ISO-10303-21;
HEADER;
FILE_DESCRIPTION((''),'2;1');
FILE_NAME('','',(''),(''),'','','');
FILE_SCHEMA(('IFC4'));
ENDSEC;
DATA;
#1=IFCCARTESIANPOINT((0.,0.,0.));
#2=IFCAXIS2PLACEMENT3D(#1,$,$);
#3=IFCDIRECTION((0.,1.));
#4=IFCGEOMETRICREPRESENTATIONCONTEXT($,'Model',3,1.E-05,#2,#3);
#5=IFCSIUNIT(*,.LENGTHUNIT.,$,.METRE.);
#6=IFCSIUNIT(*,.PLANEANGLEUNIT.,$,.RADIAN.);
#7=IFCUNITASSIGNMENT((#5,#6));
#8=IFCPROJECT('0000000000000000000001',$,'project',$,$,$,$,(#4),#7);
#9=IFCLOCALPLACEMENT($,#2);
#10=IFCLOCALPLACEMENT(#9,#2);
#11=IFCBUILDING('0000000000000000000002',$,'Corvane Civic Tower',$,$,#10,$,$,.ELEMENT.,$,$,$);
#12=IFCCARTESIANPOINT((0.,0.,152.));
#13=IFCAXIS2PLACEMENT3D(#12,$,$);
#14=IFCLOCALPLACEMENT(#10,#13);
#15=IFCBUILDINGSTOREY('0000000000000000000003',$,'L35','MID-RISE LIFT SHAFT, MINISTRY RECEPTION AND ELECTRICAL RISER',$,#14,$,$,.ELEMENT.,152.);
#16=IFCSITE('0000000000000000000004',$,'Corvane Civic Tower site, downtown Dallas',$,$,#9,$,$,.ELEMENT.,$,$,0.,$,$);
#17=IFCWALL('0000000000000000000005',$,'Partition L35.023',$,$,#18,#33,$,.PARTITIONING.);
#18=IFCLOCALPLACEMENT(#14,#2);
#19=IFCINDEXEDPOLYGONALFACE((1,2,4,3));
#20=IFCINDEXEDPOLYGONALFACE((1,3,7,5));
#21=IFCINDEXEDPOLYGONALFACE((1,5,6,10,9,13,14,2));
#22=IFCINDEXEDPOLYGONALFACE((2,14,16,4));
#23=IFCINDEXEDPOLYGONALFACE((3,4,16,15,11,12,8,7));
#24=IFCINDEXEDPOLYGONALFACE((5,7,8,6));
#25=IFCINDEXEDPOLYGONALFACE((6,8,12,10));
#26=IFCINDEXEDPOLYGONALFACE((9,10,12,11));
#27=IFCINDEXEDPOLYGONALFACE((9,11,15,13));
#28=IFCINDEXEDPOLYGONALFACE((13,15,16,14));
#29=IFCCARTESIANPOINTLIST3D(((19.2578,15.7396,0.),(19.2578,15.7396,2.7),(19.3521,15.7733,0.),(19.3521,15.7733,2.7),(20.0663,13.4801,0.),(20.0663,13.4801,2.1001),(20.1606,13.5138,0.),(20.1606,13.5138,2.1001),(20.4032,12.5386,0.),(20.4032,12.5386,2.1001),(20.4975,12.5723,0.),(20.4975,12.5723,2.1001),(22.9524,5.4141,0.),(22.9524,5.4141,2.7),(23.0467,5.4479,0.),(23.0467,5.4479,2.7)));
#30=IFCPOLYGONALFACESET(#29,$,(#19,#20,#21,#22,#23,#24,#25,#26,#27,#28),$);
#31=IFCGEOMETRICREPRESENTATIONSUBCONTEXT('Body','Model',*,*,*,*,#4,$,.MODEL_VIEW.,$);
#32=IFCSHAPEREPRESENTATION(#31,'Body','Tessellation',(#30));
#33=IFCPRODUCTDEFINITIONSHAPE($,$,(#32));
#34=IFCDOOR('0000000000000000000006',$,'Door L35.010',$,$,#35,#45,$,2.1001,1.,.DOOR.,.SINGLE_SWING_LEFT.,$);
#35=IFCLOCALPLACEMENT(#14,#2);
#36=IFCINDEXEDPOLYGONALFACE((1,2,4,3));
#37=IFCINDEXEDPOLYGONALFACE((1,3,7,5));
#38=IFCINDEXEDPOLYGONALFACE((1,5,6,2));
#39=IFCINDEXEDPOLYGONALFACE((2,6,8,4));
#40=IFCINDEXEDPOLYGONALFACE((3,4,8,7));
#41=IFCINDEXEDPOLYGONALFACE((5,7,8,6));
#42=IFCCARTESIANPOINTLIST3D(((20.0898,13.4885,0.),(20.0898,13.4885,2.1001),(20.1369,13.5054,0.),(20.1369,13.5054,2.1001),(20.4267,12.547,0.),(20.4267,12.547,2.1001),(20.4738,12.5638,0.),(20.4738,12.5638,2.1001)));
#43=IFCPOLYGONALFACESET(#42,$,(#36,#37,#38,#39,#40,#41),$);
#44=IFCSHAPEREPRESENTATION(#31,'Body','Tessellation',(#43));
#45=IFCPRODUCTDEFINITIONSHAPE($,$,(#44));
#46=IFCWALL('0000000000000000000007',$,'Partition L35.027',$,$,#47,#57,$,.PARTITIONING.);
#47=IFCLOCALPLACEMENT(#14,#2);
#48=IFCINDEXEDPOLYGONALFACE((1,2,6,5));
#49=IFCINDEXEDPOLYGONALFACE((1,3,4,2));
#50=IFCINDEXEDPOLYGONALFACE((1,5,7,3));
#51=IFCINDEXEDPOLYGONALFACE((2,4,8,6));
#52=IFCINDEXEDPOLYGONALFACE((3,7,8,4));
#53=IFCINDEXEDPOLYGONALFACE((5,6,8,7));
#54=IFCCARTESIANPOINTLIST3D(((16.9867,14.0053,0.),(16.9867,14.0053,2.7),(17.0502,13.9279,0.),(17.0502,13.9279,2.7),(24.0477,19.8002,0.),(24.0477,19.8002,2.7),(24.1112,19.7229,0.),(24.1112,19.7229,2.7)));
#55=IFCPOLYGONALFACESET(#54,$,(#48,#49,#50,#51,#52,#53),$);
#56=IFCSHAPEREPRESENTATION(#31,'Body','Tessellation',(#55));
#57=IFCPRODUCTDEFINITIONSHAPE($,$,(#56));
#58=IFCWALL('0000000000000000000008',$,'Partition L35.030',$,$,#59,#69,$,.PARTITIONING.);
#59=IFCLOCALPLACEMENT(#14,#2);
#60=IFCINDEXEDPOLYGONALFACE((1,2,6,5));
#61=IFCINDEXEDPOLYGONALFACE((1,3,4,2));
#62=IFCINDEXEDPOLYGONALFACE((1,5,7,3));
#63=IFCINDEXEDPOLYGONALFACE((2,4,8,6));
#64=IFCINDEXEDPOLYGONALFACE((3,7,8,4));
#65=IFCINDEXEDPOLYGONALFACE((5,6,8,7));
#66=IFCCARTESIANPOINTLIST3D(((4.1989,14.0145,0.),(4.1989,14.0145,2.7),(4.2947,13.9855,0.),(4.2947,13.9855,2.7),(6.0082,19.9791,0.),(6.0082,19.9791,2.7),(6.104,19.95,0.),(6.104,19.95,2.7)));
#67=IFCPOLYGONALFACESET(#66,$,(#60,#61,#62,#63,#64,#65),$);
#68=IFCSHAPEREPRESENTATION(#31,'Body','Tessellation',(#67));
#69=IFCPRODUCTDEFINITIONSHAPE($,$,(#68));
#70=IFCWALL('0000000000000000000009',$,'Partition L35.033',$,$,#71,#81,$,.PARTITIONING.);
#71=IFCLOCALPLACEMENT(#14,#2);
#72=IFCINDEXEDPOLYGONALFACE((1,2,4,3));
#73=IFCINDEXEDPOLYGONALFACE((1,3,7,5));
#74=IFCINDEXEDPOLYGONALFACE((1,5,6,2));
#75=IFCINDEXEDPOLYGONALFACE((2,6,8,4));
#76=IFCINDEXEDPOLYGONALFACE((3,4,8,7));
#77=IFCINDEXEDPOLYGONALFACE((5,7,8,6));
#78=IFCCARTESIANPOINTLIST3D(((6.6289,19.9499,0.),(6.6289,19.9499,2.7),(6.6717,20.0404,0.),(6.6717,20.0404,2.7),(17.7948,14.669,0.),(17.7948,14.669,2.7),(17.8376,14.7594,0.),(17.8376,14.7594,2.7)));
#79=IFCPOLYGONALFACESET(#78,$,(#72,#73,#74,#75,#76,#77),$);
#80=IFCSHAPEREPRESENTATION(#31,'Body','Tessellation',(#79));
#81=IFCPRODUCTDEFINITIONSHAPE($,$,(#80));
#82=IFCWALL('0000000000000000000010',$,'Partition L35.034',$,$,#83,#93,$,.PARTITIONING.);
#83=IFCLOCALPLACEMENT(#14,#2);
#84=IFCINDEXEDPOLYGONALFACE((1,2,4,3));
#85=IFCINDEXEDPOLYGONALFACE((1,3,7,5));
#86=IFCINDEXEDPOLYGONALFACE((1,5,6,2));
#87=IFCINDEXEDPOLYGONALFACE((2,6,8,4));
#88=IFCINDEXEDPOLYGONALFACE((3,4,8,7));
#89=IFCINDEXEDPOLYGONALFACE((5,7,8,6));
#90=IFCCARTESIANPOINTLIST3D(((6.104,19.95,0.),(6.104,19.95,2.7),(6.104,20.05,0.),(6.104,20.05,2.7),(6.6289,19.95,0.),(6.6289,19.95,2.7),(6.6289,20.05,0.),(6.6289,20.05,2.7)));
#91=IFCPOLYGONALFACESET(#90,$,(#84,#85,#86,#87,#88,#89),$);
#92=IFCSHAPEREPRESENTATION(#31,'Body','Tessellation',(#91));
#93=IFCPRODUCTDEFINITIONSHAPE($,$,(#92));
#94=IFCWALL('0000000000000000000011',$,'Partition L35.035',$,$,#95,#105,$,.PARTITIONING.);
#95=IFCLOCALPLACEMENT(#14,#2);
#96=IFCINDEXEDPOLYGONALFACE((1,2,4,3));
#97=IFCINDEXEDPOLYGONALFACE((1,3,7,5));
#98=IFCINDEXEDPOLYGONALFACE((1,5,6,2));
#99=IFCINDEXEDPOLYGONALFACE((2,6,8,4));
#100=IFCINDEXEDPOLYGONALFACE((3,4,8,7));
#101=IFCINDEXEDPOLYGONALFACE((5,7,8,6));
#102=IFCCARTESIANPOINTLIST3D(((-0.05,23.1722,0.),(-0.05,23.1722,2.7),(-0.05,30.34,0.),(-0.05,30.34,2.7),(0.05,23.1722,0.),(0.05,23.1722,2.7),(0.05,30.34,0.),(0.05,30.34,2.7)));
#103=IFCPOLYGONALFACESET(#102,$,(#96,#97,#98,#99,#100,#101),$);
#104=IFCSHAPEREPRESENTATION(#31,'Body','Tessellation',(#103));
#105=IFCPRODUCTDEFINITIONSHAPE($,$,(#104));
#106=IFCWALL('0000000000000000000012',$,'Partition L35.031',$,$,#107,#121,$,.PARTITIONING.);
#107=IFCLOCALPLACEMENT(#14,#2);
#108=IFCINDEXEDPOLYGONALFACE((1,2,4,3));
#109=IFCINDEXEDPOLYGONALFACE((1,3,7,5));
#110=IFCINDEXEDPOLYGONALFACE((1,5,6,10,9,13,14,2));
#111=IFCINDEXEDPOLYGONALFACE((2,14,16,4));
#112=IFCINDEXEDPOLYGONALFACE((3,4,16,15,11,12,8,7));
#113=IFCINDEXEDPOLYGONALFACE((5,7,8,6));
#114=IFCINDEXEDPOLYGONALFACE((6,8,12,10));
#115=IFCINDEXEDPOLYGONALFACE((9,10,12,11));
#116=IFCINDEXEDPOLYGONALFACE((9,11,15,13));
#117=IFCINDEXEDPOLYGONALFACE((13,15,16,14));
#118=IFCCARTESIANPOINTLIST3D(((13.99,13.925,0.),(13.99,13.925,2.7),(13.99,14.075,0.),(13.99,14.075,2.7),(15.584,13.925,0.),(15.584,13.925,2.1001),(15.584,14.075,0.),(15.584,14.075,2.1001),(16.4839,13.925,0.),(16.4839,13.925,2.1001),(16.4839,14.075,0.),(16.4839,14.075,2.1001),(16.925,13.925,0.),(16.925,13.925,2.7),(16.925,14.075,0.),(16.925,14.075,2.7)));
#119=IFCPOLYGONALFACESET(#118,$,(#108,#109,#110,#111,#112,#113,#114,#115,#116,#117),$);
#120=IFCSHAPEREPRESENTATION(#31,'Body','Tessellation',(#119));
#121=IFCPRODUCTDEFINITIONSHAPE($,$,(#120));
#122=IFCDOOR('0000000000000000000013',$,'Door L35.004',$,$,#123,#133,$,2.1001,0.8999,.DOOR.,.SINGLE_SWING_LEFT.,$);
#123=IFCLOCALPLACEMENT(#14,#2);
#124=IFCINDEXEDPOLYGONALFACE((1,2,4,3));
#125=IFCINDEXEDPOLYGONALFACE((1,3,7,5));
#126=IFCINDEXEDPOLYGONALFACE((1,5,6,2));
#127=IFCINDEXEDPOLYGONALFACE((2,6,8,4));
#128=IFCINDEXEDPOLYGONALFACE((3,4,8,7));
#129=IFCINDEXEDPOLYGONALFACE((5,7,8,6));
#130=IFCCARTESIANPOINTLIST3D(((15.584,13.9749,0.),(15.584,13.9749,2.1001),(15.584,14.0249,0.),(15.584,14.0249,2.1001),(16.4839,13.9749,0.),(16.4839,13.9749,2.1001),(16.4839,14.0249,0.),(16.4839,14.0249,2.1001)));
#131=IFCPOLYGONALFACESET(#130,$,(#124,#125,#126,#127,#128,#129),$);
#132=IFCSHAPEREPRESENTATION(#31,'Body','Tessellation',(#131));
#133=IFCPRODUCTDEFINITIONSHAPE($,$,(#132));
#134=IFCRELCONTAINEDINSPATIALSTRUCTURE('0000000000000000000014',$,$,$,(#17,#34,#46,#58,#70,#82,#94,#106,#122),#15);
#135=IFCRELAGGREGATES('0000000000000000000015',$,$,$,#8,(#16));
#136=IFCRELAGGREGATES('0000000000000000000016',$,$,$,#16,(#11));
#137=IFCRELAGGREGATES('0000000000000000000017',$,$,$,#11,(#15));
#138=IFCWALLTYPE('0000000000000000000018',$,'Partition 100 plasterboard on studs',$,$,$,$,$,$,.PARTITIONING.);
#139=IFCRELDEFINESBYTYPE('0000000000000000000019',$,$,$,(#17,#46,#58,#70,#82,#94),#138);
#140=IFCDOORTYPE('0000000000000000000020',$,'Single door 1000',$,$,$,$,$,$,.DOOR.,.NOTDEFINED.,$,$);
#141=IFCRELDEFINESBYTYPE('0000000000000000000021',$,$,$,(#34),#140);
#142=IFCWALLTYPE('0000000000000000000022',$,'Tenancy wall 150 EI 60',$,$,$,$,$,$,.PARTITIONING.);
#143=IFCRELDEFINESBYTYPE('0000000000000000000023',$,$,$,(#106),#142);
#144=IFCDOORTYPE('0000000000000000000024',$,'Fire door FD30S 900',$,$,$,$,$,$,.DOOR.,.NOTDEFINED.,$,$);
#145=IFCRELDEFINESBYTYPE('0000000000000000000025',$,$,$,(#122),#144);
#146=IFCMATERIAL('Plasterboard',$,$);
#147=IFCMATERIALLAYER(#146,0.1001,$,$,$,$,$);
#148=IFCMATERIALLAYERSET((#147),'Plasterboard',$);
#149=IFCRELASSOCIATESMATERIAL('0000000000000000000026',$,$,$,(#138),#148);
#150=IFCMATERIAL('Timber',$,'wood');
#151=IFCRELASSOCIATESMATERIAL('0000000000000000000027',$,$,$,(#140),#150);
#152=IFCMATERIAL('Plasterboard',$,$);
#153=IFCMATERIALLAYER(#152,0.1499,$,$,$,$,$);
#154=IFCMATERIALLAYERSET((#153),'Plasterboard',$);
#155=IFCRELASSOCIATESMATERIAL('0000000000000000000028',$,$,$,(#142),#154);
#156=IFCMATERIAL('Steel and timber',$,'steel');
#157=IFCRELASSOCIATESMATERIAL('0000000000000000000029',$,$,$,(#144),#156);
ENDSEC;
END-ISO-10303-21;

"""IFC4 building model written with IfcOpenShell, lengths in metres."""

from ifc_helpers import new_model, si_unit, direction, frame, frame_2d, origin, place, context, subcontext, project, spatial, rectangle, extrude, material, layer, layer_set, type_object, element, fill, save


model = new_model("IFC4")

# Units and contexts
model_context = context("Model", 3, precision=1e-05, world=origin(), true_north=direction((0.0, 1.0)))
body_context = subcontext(model_context, "Body", "Model", "MODEL_VIEW")
ifc_project = project(units=[si_unit("LENGTHUNIT", "METRE"), si_unit("PLANEANGLEUNIT", "RADIAN")], contexts=[model_context])

# Site, building, storey
site_placement = place(None, origin())
site = spatial("IfcSite", under=ifc_project, at=site_placement, Name="Corvane Civic Tower site, downtown Dallas", CompositionType="ELEMENT", RefElevation=0.0)
building_placement = place(site_placement, origin())
building = spatial("IfcBuilding", under=site, at=building_placement, Name="Corvane Civic Tower", CompositionType="ELEMENT")
storey_placement = place(building_placement, frame((0.0, 0.0, 152.0)))
storey = spatial("IfcBuildingStorey", under=building, at=storey_placement, Name="L35", Description="MID-RISE LIFT SHAFT, MINISTRY RECEPTION AND ELECTRICAL RISER", CompositionType="ELEMENT", Elevation=152.0)

# Wall, opening, door
ifc_material_1 = material(Name="Plasterboard")
ifc_layer_1 = layer(ifc_material_1, 0.1001)
ifc_layer_set_1 = layer_set([ifc_layer_1], Name="Plasterboard")
wall_type_1 = type_object("IfcWallType", Name="Partition 100 plasterboard on studs", PredefinedType="PARTITIONING", material=ifc_layer_set_1)
wall_1_placement = place(storey_placement, frame((19.3049, 15.7566, 0.0), z_axis=(0.0, 0.0, 1.0), x_axis=(0.336896, -0.941542, 0.0)))
wall_1 = element("IfcWall", 1, at=wall_1_placement, inside=storey, type_object=wall_type_1, Name="Partition L35.023", PredefinedType="PARTITIONING", context=body_context, shape_type="SweptSolid", body=[
    extrude(rectangle(XDim=10.9666, YDim=0.1001, at=frame_2d((5.4834, 0.0))), origin(), (0.0, 0.0, 1.0), 2.7),
])
opening_1_placement = place(wall_1_placement, frame((2.3999, 0.0, 0.0)))
opening_1 = element("IfcOpeningElement", 2, at=opening_1_placement, cuts=wall_1, PredefinedType="OPENING", context=body_context, shape_type="SweptSolid", body=[
    extrude(rectangle(XDim=1.0, YDim=2.1001, at=frame_2d((0.5, 1.05))), frame((0.0, 0.0601, 0.0), z_axis=(0.0, -1.0, 0.0), x_axis=(1.0, 0.0, 0.0)), (0.0, 0.0, 1.0), 0.1201),
])
ifc_material_2 = material(Name="Timber", Category="wood")
door_type_1 = type_object("IfcDoorType", Name="Single door 1000", OperationType="NOTDEFINED", PredefinedType="DOOR", material=ifc_material_2)
door_1_placement = place(opening_1_placement, origin())
door_1 = element("IfcDoor", 3, at=door_1_placement, inside=storey, type_object=door_type_1, Name="Door L35.010", OperationType="SINGLE_SWING_LEFT", OverallHeight=2.1001, OverallWidth=1.0, PredefinedType="DOOR", context=body_context, shape_type="SweptSolid", body=[
    extrude(rectangle(XDim=1.0, YDim=2.1001, at=frame_2d((0.5, 1.05))), frame((0.0, 0.0249, 0.0), z_axis=(0.0, -1.0, 0.0), x_axis=(1.0, 0.0, 0.0)), (0.0, 0.0, 1.0), 0.05),
])
fill(opening_1, door_1)

# Walls
wall_2_placement = place(storey_placement, frame((17.0183, 13.9666, 0.0), z_axis=(0.0, 0.0, 1.0), x_axis=(0.773006, 0.634399, 0.0)))
element("IfcWall", 4, at=wall_2_placement, inside=storey, type_object=wall_type_1, Name="Partition L35.027", PredefinedType="PARTITIONING", context=body_context, shape_type="SweptSolid", body=[
    extrude(rectangle(XDim=9.1345, YDim=0.1001, at=frame_2d((4.5674, 0.0))), origin(), (0.0, 0.0, 1.0), 2.7),
])
wall_3_placement = place(storey_placement, frame((4.2468, 14.0, 0.0), z_axis=(0.0, 0.0, 1.0), x_axis=(0.290282, 0.956941, 0.0)))
element("IfcWall", 5, at=wall_3_placement, inside=storey, type_object=wall_type_1, Name="Partition L35.030", PredefinedType="PARTITIONING", context=body_context, shape_type="SweptSolid", body=[
    extrude(rectangle(XDim=6.2329, YDim=0.1001, at=frame_2d((3.1165, 0.0))), origin(), (0.0, 0.0, 1.0), 2.7),
])
wall_4_placement = place(storey_placement, frame((6.6504, 19.9951, 0.0), z_axis=(0.0, 0.0, 1.0), x_axis=(0.903993, -0.427547, 0.0)))
element("IfcWall", 6, at=wall_4_placement, inside=storey, type_object=wall_type_1, Name="Partition L35.033", PredefinedType="PARTITIONING", context=body_context, shape_type="SweptSolid", body=[
    extrude(rectangle(XDim=12.3518, YDim=0.1001, at=frame_2d((6.1758, 0.0))), origin(), (0.0, 0.0, 1.0), 2.7),
])
wall_5_placement = place(storey_placement, frame((6.104, 20.0, 0.0), z_axis=(0.0, 0.0, 1.0), x_axis=(1.0, 0.0, 0.0)))
element("IfcWall", 7, at=wall_5_placement, inside=storey, type_object=wall_type_1, Name="Partition L35.034", PredefinedType="PARTITIONING", context=body_context, shape_type="SweptSolid", body=[
    extrude(rectangle(XDim=0.5249, YDim=0.1001, at=frame_2d((0.2625, 0.0))), origin(), (0.0, 0.0, 1.0), 2.7),
])
wall_6_placement = place(storey_placement, frame((0.0, 23.1721, 0.0), z_axis=(0.0, 0.0, 1.0), x_axis=(0.0, 1.0, 0.0)))
element("IfcWall", 8, at=wall_6_placement, inside=storey, type_object=wall_type_1, Name="Partition L35.035", PredefinedType="PARTITIONING", context=body_context, shape_type="SweptSolid", body=[
    extrude(rectangle(XDim=7.1677, YDim=0.1001, at=frame_2d((3.584, 0.0))), origin(), (0.0, 0.0, 1.0), 2.7),
])

# Wall, opening, door
ifc_material_3 = material(Name="Plasterboard")
ifc_layer_2 = layer(ifc_material_3, 0.1499)
ifc_layer_set_2 = layer_set([ifc_layer_2], Name="Plasterboard")
wall_type_2 = type_object("IfcWallType", Name="Tenancy wall 150 EI 60", PredefinedType="PARTITIONING", material=ifc_layer_set_2)
wall_7_placement = place(storey_placement, frame((13.99, 14.0, 0.0), z_axis=(0.0, 0.0, 1.0), x_axis=(1.0, 0.0, 0.0)))
wall_7 = element("IfcWall", 9, at=wall_7_placement, inside=storey, type_object=wall_type_2, Name="Partition L35.031", PredefinedType="PARTITIONING", context=body_context, shape_type="SweptSolid", body=[
    extrude(rectangle(XDim=2.9351, YDim=0.1499, at=frame_2d((1.4675, 0.0))), origin(), (0.0, 0.0, 1.0), 2.7),
])
opening_2_placement = place(wall_7_placement, frame((1.594, 0.0, 0.0)))
opening_2 = element("IfcOpeningElement", 10, at=opening_2_placement, cuts=wall_7, PredefinedType="OPENING", context=body_context, shape_type="SweptSolid", body=[
    extrude(rectangle(XDim=0.8999, YDim=2.1001, at=frame_2d((0.45, 1.05))), frame((0.0, 0.085, 0.0), z_axis=(0.0, -1.0, 0.0), x_axis=(1.0, 0.0, 0.0)), (0.0, 0.0, 1.0), 0.1699),
])
ifc_material_4 = material(Name="Steel and timber", Category="steel")
door_type_2 = type_object("IfcDoorType", Name="Fire door FD30S 900", OperationType="NOTDEFINED", PredefinedType="DOOR", material=ifc_material_4)
door_2_placement = place(opening_2_placement, origin())
door_2 = element("IfcDoor", 11, at=door_2_placement, inside=storey, type_object=door_type_2, Name="Door L35.004", OperationType="SINGLE_SWING_LEFT", OverallHeight=2.1001, OverallWidth=0.8999, PredefinedType="DOOR", context=body_context, shape_type="SweptSolid", body=[
    extrude(rectangle(XDim=0.8999, YDim=2.1001, at=frame_2d((0.45, 1.05))), frame((0.0, 0.0249, 0.0), z_axis=(0.0, -1.0, 0.0), x_axis=(1.0, 0.0, 0.0)), (0.0, 0.0, 1.0), 0.05),
])
fill(opening_2, door_2)

save(model, "model.ifc")
